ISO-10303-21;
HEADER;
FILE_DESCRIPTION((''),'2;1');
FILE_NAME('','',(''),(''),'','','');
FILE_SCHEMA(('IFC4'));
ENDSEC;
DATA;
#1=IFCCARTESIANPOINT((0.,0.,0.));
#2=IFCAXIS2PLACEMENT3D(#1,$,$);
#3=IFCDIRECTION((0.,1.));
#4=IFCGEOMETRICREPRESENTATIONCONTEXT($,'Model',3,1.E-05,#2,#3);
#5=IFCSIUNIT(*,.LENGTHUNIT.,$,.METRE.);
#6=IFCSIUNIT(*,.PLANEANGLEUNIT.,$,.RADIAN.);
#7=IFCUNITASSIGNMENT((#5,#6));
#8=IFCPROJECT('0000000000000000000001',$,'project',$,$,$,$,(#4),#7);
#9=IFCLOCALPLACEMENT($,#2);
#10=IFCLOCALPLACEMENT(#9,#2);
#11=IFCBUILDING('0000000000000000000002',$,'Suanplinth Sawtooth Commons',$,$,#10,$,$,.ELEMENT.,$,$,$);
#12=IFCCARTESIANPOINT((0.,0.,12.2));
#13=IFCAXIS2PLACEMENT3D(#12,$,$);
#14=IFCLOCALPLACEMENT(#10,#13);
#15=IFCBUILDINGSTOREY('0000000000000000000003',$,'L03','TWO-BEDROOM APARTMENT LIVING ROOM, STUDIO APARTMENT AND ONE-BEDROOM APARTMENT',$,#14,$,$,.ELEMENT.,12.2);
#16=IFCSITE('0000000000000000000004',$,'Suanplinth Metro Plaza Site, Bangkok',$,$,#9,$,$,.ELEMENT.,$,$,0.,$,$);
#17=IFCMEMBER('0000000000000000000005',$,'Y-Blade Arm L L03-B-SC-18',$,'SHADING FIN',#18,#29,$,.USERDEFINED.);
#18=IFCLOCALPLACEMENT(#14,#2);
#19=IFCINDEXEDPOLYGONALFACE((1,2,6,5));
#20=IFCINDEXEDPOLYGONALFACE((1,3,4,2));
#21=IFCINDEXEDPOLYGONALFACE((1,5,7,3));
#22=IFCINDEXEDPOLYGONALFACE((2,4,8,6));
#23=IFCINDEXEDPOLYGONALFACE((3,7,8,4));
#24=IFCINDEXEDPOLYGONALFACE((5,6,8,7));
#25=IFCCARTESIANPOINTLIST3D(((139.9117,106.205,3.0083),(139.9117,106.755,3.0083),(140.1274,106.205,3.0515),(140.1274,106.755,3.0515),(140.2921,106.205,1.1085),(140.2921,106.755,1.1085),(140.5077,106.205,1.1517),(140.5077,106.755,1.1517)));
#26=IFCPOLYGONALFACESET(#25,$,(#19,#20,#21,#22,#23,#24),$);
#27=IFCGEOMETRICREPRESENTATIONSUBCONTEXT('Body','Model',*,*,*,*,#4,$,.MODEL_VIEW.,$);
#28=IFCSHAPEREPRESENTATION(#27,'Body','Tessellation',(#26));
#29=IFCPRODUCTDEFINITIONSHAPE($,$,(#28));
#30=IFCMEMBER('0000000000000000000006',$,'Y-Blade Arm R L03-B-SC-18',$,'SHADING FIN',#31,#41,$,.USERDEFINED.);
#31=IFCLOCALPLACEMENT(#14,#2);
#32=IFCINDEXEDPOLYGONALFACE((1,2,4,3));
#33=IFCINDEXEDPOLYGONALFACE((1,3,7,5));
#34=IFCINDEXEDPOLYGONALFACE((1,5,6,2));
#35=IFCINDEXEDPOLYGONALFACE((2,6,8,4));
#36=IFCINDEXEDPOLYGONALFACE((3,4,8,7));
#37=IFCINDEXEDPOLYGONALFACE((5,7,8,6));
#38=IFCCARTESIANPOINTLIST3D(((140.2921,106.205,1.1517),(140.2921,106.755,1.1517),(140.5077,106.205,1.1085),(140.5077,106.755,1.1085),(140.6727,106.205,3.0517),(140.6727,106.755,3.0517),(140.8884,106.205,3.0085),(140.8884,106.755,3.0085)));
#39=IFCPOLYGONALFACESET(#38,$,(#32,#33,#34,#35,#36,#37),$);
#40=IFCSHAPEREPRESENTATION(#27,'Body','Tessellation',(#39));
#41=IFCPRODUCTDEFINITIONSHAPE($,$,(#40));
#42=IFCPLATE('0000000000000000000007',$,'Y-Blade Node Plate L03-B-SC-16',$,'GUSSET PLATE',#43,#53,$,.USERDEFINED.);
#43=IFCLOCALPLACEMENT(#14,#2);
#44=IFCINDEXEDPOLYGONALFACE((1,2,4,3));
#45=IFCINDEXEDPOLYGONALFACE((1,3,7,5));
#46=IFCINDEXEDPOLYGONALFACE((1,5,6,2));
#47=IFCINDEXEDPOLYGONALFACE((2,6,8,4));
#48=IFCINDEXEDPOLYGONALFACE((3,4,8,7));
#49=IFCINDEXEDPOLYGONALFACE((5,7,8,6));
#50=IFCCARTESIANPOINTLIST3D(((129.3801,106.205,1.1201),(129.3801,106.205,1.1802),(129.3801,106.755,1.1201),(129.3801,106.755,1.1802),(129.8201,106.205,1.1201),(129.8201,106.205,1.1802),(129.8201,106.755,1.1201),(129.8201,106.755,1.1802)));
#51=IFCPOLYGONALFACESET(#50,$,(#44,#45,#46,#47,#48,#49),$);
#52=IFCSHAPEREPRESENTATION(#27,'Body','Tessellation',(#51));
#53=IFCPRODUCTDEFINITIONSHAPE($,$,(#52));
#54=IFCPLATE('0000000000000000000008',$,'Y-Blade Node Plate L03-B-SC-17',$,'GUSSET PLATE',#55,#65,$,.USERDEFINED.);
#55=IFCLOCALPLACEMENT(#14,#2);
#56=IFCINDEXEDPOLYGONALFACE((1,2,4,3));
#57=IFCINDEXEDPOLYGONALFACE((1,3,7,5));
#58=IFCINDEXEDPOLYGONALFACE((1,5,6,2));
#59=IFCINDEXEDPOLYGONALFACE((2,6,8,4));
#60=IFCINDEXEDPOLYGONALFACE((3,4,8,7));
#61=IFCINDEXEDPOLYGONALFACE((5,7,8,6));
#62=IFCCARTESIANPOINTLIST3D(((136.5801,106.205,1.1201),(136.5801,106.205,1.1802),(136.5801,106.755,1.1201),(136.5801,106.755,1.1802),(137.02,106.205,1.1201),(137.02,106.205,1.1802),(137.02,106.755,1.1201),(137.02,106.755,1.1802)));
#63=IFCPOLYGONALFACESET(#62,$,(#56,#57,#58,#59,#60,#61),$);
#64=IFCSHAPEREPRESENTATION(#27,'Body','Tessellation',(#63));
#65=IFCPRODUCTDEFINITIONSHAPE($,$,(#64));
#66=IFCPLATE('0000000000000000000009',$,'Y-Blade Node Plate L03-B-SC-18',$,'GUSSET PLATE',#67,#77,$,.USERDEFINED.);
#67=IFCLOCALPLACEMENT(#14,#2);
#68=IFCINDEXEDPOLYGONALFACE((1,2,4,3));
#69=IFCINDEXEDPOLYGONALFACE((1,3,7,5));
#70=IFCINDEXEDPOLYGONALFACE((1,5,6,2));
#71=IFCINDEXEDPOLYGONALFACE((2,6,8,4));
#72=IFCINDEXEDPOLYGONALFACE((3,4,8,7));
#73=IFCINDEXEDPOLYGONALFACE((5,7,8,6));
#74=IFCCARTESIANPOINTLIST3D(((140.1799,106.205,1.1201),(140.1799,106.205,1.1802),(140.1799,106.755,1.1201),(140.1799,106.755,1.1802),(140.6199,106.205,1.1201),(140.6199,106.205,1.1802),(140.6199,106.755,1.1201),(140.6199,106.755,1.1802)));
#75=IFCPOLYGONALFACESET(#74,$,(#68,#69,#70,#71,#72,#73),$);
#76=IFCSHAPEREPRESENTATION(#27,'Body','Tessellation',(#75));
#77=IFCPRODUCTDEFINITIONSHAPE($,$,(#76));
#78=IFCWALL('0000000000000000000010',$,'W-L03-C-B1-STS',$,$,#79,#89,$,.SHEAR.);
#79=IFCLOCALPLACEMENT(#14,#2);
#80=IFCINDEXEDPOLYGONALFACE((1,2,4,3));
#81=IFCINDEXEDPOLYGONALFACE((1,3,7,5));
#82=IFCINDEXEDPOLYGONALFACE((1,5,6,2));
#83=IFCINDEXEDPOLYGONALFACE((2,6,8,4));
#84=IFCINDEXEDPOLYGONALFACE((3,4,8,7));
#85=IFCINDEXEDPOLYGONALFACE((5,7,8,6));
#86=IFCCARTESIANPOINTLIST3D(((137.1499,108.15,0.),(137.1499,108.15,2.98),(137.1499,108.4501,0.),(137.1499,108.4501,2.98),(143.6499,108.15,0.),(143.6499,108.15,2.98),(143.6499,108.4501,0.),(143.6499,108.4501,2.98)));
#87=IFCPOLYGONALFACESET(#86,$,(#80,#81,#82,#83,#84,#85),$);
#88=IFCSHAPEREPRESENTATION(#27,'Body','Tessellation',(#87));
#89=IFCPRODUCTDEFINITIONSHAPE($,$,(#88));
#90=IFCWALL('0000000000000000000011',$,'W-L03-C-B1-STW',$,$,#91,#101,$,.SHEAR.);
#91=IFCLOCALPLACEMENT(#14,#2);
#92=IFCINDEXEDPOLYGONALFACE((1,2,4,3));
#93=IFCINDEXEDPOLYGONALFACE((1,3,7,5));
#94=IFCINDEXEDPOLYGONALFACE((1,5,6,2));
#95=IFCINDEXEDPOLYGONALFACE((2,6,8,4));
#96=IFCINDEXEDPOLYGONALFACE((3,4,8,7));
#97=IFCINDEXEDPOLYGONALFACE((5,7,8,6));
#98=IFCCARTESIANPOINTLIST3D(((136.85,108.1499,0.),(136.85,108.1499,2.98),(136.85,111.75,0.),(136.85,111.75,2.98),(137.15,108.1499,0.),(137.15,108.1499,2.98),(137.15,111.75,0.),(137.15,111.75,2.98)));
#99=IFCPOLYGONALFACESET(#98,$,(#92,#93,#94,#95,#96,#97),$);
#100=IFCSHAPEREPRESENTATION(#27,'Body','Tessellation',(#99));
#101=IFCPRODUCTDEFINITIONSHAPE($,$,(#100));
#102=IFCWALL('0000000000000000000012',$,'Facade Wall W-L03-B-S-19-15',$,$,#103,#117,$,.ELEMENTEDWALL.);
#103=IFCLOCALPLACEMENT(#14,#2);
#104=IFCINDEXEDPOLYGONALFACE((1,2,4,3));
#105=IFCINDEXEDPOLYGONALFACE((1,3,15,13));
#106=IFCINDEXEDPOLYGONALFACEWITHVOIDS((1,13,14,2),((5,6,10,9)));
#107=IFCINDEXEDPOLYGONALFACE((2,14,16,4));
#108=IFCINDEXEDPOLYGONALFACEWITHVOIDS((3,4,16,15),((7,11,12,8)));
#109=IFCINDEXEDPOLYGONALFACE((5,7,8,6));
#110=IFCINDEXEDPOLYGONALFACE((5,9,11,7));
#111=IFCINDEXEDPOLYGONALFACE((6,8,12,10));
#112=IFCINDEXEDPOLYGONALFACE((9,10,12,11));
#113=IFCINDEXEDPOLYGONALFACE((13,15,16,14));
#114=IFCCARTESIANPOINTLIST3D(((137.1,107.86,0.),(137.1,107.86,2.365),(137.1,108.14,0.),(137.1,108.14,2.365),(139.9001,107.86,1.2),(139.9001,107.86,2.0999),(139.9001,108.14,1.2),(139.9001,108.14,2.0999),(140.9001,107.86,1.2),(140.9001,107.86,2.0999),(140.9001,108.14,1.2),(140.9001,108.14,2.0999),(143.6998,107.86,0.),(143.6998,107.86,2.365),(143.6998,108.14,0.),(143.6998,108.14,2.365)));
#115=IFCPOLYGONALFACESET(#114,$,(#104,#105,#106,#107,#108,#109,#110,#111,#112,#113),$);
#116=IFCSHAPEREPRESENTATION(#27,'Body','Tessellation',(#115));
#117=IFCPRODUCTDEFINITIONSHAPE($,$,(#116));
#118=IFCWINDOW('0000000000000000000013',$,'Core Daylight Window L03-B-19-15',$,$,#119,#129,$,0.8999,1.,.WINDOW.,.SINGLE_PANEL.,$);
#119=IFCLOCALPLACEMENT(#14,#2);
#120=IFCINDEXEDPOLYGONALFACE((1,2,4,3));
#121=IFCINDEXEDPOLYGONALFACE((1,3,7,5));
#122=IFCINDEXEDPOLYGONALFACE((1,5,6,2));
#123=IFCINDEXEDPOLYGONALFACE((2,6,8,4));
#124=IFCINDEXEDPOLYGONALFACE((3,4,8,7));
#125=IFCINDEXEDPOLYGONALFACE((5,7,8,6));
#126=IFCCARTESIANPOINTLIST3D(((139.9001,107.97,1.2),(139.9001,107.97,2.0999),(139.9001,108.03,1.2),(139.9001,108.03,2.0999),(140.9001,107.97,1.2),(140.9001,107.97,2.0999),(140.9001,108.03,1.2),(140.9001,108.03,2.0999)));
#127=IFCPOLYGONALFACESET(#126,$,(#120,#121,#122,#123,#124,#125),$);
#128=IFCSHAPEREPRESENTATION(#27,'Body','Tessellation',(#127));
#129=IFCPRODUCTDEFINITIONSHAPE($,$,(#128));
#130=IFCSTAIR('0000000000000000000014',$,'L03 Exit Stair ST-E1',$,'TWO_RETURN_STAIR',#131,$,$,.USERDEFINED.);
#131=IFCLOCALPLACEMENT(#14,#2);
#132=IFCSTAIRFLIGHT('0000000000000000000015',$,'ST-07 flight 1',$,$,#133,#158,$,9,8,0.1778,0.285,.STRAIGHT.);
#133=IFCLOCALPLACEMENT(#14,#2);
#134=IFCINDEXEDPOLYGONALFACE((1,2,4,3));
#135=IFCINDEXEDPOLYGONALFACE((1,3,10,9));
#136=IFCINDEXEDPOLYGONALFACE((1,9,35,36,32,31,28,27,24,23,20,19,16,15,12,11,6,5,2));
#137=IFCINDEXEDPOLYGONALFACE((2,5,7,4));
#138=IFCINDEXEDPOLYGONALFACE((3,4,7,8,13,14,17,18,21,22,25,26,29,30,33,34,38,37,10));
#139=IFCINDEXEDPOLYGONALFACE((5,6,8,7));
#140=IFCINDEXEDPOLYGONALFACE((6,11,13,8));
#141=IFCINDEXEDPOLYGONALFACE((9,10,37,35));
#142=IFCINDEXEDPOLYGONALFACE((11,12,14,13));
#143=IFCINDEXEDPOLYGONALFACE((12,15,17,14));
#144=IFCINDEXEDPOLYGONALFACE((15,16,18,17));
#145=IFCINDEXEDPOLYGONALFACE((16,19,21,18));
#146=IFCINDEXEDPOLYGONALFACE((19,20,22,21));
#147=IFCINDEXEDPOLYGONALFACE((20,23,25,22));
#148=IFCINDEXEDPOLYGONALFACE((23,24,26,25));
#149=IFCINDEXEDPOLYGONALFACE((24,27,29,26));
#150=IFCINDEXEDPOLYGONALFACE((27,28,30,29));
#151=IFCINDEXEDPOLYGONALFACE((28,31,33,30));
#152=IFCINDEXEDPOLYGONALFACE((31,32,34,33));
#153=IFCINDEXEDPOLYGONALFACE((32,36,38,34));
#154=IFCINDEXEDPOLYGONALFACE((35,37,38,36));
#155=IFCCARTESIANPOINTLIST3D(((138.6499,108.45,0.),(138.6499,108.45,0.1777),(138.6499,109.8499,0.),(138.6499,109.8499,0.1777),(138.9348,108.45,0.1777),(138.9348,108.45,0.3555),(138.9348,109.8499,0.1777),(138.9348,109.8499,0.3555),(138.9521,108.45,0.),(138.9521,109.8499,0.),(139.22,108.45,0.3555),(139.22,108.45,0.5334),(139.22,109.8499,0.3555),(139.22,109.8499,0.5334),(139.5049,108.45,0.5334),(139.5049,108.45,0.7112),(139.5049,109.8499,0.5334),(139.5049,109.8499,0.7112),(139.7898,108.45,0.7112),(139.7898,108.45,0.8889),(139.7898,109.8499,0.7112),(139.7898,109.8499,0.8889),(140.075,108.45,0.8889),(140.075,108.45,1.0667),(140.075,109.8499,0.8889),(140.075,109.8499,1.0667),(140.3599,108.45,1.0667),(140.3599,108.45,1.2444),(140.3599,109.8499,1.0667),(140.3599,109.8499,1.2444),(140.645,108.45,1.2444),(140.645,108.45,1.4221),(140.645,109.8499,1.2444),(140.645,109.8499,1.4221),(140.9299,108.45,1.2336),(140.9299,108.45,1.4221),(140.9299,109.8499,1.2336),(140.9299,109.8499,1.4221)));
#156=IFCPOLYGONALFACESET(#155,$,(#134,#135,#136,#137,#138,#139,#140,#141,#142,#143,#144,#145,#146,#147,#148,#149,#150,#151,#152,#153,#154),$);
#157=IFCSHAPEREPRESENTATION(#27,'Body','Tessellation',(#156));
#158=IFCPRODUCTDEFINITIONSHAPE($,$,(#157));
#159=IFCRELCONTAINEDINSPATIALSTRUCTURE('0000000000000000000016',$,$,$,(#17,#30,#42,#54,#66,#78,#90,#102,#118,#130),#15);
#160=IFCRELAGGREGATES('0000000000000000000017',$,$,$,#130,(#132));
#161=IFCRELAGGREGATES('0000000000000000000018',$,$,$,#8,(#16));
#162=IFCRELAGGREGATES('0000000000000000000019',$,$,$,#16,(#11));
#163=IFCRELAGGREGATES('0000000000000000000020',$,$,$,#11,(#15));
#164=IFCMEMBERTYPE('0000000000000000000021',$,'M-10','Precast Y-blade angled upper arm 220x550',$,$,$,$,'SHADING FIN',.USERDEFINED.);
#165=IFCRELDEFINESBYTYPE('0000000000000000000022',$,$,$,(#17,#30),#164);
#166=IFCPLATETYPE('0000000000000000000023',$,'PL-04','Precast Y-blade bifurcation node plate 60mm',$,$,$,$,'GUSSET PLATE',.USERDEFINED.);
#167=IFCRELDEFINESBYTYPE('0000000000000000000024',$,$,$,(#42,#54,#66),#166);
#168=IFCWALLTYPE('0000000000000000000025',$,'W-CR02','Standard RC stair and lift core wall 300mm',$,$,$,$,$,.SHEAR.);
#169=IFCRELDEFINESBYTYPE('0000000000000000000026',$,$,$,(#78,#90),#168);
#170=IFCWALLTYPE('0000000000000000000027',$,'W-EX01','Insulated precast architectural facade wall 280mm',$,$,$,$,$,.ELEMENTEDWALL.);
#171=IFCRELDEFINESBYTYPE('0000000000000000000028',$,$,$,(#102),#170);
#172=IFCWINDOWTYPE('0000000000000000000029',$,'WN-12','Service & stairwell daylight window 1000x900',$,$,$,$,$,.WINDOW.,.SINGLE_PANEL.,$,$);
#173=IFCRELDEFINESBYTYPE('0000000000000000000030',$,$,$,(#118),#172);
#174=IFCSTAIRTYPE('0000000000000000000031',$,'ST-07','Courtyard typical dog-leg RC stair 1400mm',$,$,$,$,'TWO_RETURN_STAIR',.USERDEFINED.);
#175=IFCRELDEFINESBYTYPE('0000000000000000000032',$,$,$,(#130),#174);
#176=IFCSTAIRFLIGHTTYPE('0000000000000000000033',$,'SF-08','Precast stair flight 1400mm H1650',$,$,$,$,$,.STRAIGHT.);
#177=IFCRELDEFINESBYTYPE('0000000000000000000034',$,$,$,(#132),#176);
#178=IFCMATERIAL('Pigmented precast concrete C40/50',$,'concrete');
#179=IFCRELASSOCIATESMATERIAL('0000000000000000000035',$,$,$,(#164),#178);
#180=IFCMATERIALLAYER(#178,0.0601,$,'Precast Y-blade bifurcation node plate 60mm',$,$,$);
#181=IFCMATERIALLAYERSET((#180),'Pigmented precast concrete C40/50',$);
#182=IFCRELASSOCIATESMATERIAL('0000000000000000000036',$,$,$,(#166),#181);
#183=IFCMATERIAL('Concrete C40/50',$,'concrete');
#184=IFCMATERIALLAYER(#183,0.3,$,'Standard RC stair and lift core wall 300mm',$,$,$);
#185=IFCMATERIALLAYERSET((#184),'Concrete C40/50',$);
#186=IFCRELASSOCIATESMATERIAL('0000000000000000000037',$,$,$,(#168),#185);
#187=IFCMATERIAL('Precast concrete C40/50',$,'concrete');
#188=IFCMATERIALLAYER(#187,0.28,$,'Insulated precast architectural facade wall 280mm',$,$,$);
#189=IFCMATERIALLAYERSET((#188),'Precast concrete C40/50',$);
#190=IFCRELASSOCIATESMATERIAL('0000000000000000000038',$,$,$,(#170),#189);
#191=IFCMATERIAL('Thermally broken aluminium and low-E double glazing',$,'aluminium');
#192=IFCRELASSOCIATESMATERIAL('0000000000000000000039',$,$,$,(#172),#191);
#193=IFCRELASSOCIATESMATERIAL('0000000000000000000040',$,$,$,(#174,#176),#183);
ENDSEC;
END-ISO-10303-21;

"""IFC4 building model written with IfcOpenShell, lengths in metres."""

from ifc_helpers import new_model, si_unit, direction, frame, frame_2d, origin, origin_2d, place, context, subcontext, project, spatial, polyline, rectangle, outline, extrude, material, layer, layer_set, material_profile, profile_set, type_object, element, fill, aggregate, save


model = new_model("IFC4")

# Units and contexts
model_context = context("Model", 3, precision=1e-05, world=origin(), true_north=direction((0.0, 1.0)))
body_context = subcontext(model_context, "Body", "Model", "MODEL_VIEW")
ifc_project = project(units=[si_unit("LENGTHUNIT", "METRE"), si_unit("PLANEANGLEUNIT", "RADIAN")], contexts=[model_context])

# Site, building, storey
site_placement = place(None, origin())
site = spatial("IfcSite", under=ifc_project, at=site_placement, Name="Suanplinth Metro Plaza Site, Bangkok", CompositionType="ELEMENT", RefElevation=0.0)
building_placement = place(site_placement, origin())
building = spatial("IfcBuilding", under=site, at=building_placement, Name="Suanplinth Sawtooth Commons", CompositionType="ELEMENT")
storey_placement = place(building_placement, frame((0.0, 0.0, 12.2)))
storey = spatial("IfcBuildingStorey", under=building, at=storey_placement, Name="L03", Description="TWO-BEDROOM APARTMENT LIVING ROOM, STUDIO APARTMENT AND ONE-BEDROOM APARTMENT", CompositionType="ELEMENT", Elevation=12.2)

# Shared definitions
ifc_material_1 = material(Name="Precast concrete C40/50", Category="concrete")

# Members
ifc_material_2 = material(Name="Pigmented precast concrete C40/50", Category="concrete")
ifc_material_profile_1 = material_profile(ifc_material_2, rectangle(XDim=0.22, YDim=0.55, at=origin_2d()), Name="PC-FIN 220x550")
ifc_profile_set_1 = profile_set([ifc_material_profile_1], Name="Pigmented precast concrete C40/50")
member_type_1 = type_object("IfcMemberType", Name="M-10", Description="Precast Y-blade angled upper arm 220x550", ElementType="SHADING FIN", PredefinedType="USERDEFINED", material=ifc_profile_set_1)
for number, where, z_axis, x_axis, name in (
    (1, (140.3999, 106.48, 1.1301), (-0.19631, 0.0, 0.980542), (0.980542, 0.0, 0.19631), "Y-Blade Arm L L03-B-SC-18"),
):
    element("IfcMember", number, at=place(storey_placement, frame(where, z_axis=z_axis, x_axis=x_axis)), inside=storey, type_object=member_type_1, Name=name, ObjectType="SHADING FIN", PredefinedType="USERDEFINED", context=body_context, shape_type="SweptSolid", body=[
        extrude(rectangle(XDim=0.22, YDim=0.55, at=origin_2d()), origin(), (0.0, 0.0, 1.0), 1.9375),
    ])
member_1_placement = place(storey_placement, frame((140.3999, 106.48, 1.1301), z_axis=(0.196431, 0.0, 0.980518), x_axis=(-0.980518, 0.0, 0.196431)))
element("IfcMember", 2, at=member_1_placement, inside=storey, type_object=member_type_1, Name="Y-Blade Arm R L03-B-SC-18", ObjectType="SHADING FIN", PredefinedType="USERDEFINED", context=body_context, shape_type="SweptSolid", body=[
    extrude(rectangle(XDim=0.22, YDim=0.55, at=origin_2d()), origin(), (0.0, 0.0, 1.0), 1.9377),
])

# Plates
ifc_layer_1 = layer(ifc_material_2, 0.0601, Name="Precast Y-blade bifurcation node plate 60mm")
ifc_layer_set_1 = layer_set([ifc_layer_1], Name="Pigmented precast concrete C40/50")
plate_type = type_object("IfcPlateType", Name="PL-04", Description="Precast Y-blade bifurcation node plate 60mm", ElementType="GUSSET PLATE", PredefinedType="USERDEFINED", material=ifc_layer_set_1)
for number, where, z_axis, x_axis, name in (
    (3, (129.6001, 106.48, 1.1201), (0.0, 0.0, 1.0), (1.0, 0.0, 0.0), "Y-Blade Node Plate L03-B-SC-16"),
    (4, (136.8, 106.48, 1.1201), (0.0, 0.0, 1.0), (1.0, 0.0, 0.0), "Y-Blade Node Plate L03-B-SC-17"),
    (5, (140.3999, 106.48, 1.1201), (0.0, 0.0, 1.0), (1.0, 0.0, 0.0), "Y-Blade Node Plate L03-B-SC-18"),
):
    element("IfcPlate", number, at=place(storey_placement, frame(where, z_axis=z_axis, x_axis=x_axis)), inside=storey, type_object=plate_type, Name=name, ObjectType="GUSSET PLATE", PredefinedType="USERDEFINED", context=body_context, shape_type="SweptSolid", body=[
        extrude(rectangle(XDim=0.4399, YDim=0.55, at=origin_2d()), origin(), (0.0, 0.0, 1.0), 0.0601),
    ])

# Walls
ifc_material_3 = material(Name="Concrete C40/50", Category="concrete")
ifc_layer_2 = layer(ifc_material_3, 0.3, Name="Standard RC stair and lift core wall 300mm")
ifc_layer_set_2 = layer_set([ifc_layer_2], Name="Concrete C40/50")
wall_type_1 = type_object("IfcWallType", Name="W-CR02", Description="Standard RC stair and lift core wall 300mm", PredefinedType="SHEAR", material=ifc_layer_set_2)
wall_1_placement = place(storey_placement, frame((137.1499, 108.3, 0.0), z_axis=(0.0, 0.0, 1.0), x_axis=(1.0, 0.0, 0.0)))
element("IfcWall", 6, at=wall_1_placement, inside=storey, type_object=wall_type_1, Name="W-L03-C-B1-STS", PredefinedType="SHEAR", context=body_context, shape_type="SweptSolid", body=[
    extrude(rectangle(XDim=6.5, YDim=0.3, at=frame_2d((3.25, 0.0))), origin(), (0.0, 0.0, 1.0), 2.98),
])
wall_2_placement = place(storey_placement, frame((137.0, 108.1499, 0.0), z_axis=(0.0, 0.0, 1.0), x_axis=(0.0, 1.0, 0.0)))
element("IfcWall", 7, at=wall_2_placement, inside=storey, type_object=wall_type_1, Name="W-L03-C-B1-STW", PredefinedType="SHEAR", context=body_context, shape_type="SweptSolid", body=[
    extrude(rectangle(XDim=3.6001, YDim=0.3, at=frame_2d((1.8, 0.0))), origin(), (0.0, 0.0, 1.0), 2.98),
])

# Shared definitions
ifc_layer_3 = layer(ifc_material_1, 0.28, Name="Insulated precast architectural facade wall 280mm")
ifc_layer_set_3 = layer_set([ifc_layer_3], Name="Precast concrete C40/50")
wall_type_2 = type_object("IfcWallType", Name="W-EX01", Description="Insulated precast architectural facade wall 280mm", PredefinedType="ELEMENTEDWALL", material=ifc_layer_set_3)
ifc_material_4 = material(Name="Thermally broken aluminium and low-E double glazing", Category="aluminium")

# Wall, opening, window
wall_3_placement = place(storey_placement, frame((137.1001, 108.0, 0.0), z_axis=(0.0, 0.0, 1.0), x_axis=(1.0, 0.0, 0.0)))
wall_3 = element("IfcWall", 8, at=wall_3_placement, inside=storey, type_object=wall_type_2, Name="Facade Wall W-L03-B-S-19-15", PredefinedType="ELEMENTEDWALL", context=body_context, shape_type="SweptSolid", body=[
    extrude(rectangle(XDim=6.5999, YDim=0.28, at=frame_2d((3.2998, 0.0))), origin(), (0.0, 0.0, 1.0), 2.365),
])
opening_1_placement = place(wall_3_placement, frame((2.8, 0.0, 1.2)))
opening_1 = element("IfcOpeningElement", 9, at=opening_1_placement, cuts=wall_3, PredefinedType="OPENING", context=body_context, shape_type="SweptSolid", body=[
    extrude(rectangle(XDim=1.0, YDim=0.8999, at=frame_2d((0.5, 0.45))), frame((0.0, 0.1548, 0.0), z_axis=(0.0, -1.0, 0.0), x_axis=(1.0, 0.0, 0.0)), (0.0, 0.0, 1.0), 0.3098),
])
window_type_1 = type_object("IfcWindowType", Name="WN-12", Description="Service & stairwell daylight window 1000x900", PartitioningType="SINGLE_PANEL", PredefinedType="WINDOW", material=ifc_material_4)
window_1_placement = place(opening_1_placement, origin())
window_1 = element("IfcWindow", 10, at=window_1_placement, inside=storey, type_object=window_type_1, Name="Core Daylight Window L03-B-19-15", OverallHeight=0.8999, OverallWidth=1.0, PartitioningType="SINGLE_PANEL", PredefinedType="WINDOW", context=body_context, shape_type="SweptSolid", body=[
    extrude(rectangle(XDim=1.0, YDim=0.8999, at=frame_2d((0.5, 0.45))), frame((0.0, 0.03, 0.0), z_axis=(0.0, -1.0, 0.0), x_axis=(1.0, 0.0, 0.0)), (0.0, 0.0, 1.0), 0.0601),
])
fill(opening_1, window_1)

# Stair, stair flight
stair_type = type_object("IfcStairType", Name="ST-07", Description="Courtyard typical dog-leg RC stair 1400mm", ElementType="TWO_RETURN_STAIR", PredefinedType="USERDEFINED", material=ifc_material_3)
stair_placement = place(storey_placement, origin())
stair = element("IfcStair", 11, at=stair_placement, inside=storey, type_object=stair_type, Name="L03 Exit Stair ST-E1", ObjectType="TWO_RETURN_STAIR", PredefinedType="USERDEFINED")
stair_flight_type = type_object("IfcStairFlightType", Name="SF-08", Description="Precast stair flight 1400mm H1650", PredefinedType="STRAIGHT", material=ifc_material_3)
stair_flight_placement = place(storey_placement, frame((138.6499, 109.1499, 0.0), z_axis=(0.0, 0.0, 1.0), x_axis=(1.0, 0.0, 0.0)))
stair_flight = element("IfcStairFlight", 12, at=stair_flight_placement, type_object=stair_flight_type, Name="ST-07 flight 1", NumberOfRisers=9, NumberOfTreads=8, PredefinedType="STRAIGHT", RiserHeight=0.1778, TreadLength=0.285, context=body_context, shape_type="SweptSolid", body=[
    extrude(outline(polyline([(0.0, 0.0), (0.0, 0.1777), (0.2849, 0.1777), (0.2849, 0.3555), (0.5701, 0.3555), (0.5701, 0.5334), (0.855, 0.5334), (0.855, 0.7112), (1.1399, 0.7112), (1.1399, 0.8889), (1.425, 0.8889), (1.425, 1.0667), (1.71, 1.0667), (1.71, 1.2444), (1.9951, 1.2444), (1.9951, 1.4221), (2.28, 1.4221), (2.28, 1.6001), (2.28, 1.2336), (0.3022, 0.0), (0.0, 0.0)])), frame((0.0, 0.7, 0.0), z_axis=(0.0, -1.0, 0.0), x_axis=(1.0, 0.0, 0.0)), (0.0, 0.0, 1.0), 1.3999),
])
aggregate(stair, [stair_flight])

save(model, "model.ifc")
